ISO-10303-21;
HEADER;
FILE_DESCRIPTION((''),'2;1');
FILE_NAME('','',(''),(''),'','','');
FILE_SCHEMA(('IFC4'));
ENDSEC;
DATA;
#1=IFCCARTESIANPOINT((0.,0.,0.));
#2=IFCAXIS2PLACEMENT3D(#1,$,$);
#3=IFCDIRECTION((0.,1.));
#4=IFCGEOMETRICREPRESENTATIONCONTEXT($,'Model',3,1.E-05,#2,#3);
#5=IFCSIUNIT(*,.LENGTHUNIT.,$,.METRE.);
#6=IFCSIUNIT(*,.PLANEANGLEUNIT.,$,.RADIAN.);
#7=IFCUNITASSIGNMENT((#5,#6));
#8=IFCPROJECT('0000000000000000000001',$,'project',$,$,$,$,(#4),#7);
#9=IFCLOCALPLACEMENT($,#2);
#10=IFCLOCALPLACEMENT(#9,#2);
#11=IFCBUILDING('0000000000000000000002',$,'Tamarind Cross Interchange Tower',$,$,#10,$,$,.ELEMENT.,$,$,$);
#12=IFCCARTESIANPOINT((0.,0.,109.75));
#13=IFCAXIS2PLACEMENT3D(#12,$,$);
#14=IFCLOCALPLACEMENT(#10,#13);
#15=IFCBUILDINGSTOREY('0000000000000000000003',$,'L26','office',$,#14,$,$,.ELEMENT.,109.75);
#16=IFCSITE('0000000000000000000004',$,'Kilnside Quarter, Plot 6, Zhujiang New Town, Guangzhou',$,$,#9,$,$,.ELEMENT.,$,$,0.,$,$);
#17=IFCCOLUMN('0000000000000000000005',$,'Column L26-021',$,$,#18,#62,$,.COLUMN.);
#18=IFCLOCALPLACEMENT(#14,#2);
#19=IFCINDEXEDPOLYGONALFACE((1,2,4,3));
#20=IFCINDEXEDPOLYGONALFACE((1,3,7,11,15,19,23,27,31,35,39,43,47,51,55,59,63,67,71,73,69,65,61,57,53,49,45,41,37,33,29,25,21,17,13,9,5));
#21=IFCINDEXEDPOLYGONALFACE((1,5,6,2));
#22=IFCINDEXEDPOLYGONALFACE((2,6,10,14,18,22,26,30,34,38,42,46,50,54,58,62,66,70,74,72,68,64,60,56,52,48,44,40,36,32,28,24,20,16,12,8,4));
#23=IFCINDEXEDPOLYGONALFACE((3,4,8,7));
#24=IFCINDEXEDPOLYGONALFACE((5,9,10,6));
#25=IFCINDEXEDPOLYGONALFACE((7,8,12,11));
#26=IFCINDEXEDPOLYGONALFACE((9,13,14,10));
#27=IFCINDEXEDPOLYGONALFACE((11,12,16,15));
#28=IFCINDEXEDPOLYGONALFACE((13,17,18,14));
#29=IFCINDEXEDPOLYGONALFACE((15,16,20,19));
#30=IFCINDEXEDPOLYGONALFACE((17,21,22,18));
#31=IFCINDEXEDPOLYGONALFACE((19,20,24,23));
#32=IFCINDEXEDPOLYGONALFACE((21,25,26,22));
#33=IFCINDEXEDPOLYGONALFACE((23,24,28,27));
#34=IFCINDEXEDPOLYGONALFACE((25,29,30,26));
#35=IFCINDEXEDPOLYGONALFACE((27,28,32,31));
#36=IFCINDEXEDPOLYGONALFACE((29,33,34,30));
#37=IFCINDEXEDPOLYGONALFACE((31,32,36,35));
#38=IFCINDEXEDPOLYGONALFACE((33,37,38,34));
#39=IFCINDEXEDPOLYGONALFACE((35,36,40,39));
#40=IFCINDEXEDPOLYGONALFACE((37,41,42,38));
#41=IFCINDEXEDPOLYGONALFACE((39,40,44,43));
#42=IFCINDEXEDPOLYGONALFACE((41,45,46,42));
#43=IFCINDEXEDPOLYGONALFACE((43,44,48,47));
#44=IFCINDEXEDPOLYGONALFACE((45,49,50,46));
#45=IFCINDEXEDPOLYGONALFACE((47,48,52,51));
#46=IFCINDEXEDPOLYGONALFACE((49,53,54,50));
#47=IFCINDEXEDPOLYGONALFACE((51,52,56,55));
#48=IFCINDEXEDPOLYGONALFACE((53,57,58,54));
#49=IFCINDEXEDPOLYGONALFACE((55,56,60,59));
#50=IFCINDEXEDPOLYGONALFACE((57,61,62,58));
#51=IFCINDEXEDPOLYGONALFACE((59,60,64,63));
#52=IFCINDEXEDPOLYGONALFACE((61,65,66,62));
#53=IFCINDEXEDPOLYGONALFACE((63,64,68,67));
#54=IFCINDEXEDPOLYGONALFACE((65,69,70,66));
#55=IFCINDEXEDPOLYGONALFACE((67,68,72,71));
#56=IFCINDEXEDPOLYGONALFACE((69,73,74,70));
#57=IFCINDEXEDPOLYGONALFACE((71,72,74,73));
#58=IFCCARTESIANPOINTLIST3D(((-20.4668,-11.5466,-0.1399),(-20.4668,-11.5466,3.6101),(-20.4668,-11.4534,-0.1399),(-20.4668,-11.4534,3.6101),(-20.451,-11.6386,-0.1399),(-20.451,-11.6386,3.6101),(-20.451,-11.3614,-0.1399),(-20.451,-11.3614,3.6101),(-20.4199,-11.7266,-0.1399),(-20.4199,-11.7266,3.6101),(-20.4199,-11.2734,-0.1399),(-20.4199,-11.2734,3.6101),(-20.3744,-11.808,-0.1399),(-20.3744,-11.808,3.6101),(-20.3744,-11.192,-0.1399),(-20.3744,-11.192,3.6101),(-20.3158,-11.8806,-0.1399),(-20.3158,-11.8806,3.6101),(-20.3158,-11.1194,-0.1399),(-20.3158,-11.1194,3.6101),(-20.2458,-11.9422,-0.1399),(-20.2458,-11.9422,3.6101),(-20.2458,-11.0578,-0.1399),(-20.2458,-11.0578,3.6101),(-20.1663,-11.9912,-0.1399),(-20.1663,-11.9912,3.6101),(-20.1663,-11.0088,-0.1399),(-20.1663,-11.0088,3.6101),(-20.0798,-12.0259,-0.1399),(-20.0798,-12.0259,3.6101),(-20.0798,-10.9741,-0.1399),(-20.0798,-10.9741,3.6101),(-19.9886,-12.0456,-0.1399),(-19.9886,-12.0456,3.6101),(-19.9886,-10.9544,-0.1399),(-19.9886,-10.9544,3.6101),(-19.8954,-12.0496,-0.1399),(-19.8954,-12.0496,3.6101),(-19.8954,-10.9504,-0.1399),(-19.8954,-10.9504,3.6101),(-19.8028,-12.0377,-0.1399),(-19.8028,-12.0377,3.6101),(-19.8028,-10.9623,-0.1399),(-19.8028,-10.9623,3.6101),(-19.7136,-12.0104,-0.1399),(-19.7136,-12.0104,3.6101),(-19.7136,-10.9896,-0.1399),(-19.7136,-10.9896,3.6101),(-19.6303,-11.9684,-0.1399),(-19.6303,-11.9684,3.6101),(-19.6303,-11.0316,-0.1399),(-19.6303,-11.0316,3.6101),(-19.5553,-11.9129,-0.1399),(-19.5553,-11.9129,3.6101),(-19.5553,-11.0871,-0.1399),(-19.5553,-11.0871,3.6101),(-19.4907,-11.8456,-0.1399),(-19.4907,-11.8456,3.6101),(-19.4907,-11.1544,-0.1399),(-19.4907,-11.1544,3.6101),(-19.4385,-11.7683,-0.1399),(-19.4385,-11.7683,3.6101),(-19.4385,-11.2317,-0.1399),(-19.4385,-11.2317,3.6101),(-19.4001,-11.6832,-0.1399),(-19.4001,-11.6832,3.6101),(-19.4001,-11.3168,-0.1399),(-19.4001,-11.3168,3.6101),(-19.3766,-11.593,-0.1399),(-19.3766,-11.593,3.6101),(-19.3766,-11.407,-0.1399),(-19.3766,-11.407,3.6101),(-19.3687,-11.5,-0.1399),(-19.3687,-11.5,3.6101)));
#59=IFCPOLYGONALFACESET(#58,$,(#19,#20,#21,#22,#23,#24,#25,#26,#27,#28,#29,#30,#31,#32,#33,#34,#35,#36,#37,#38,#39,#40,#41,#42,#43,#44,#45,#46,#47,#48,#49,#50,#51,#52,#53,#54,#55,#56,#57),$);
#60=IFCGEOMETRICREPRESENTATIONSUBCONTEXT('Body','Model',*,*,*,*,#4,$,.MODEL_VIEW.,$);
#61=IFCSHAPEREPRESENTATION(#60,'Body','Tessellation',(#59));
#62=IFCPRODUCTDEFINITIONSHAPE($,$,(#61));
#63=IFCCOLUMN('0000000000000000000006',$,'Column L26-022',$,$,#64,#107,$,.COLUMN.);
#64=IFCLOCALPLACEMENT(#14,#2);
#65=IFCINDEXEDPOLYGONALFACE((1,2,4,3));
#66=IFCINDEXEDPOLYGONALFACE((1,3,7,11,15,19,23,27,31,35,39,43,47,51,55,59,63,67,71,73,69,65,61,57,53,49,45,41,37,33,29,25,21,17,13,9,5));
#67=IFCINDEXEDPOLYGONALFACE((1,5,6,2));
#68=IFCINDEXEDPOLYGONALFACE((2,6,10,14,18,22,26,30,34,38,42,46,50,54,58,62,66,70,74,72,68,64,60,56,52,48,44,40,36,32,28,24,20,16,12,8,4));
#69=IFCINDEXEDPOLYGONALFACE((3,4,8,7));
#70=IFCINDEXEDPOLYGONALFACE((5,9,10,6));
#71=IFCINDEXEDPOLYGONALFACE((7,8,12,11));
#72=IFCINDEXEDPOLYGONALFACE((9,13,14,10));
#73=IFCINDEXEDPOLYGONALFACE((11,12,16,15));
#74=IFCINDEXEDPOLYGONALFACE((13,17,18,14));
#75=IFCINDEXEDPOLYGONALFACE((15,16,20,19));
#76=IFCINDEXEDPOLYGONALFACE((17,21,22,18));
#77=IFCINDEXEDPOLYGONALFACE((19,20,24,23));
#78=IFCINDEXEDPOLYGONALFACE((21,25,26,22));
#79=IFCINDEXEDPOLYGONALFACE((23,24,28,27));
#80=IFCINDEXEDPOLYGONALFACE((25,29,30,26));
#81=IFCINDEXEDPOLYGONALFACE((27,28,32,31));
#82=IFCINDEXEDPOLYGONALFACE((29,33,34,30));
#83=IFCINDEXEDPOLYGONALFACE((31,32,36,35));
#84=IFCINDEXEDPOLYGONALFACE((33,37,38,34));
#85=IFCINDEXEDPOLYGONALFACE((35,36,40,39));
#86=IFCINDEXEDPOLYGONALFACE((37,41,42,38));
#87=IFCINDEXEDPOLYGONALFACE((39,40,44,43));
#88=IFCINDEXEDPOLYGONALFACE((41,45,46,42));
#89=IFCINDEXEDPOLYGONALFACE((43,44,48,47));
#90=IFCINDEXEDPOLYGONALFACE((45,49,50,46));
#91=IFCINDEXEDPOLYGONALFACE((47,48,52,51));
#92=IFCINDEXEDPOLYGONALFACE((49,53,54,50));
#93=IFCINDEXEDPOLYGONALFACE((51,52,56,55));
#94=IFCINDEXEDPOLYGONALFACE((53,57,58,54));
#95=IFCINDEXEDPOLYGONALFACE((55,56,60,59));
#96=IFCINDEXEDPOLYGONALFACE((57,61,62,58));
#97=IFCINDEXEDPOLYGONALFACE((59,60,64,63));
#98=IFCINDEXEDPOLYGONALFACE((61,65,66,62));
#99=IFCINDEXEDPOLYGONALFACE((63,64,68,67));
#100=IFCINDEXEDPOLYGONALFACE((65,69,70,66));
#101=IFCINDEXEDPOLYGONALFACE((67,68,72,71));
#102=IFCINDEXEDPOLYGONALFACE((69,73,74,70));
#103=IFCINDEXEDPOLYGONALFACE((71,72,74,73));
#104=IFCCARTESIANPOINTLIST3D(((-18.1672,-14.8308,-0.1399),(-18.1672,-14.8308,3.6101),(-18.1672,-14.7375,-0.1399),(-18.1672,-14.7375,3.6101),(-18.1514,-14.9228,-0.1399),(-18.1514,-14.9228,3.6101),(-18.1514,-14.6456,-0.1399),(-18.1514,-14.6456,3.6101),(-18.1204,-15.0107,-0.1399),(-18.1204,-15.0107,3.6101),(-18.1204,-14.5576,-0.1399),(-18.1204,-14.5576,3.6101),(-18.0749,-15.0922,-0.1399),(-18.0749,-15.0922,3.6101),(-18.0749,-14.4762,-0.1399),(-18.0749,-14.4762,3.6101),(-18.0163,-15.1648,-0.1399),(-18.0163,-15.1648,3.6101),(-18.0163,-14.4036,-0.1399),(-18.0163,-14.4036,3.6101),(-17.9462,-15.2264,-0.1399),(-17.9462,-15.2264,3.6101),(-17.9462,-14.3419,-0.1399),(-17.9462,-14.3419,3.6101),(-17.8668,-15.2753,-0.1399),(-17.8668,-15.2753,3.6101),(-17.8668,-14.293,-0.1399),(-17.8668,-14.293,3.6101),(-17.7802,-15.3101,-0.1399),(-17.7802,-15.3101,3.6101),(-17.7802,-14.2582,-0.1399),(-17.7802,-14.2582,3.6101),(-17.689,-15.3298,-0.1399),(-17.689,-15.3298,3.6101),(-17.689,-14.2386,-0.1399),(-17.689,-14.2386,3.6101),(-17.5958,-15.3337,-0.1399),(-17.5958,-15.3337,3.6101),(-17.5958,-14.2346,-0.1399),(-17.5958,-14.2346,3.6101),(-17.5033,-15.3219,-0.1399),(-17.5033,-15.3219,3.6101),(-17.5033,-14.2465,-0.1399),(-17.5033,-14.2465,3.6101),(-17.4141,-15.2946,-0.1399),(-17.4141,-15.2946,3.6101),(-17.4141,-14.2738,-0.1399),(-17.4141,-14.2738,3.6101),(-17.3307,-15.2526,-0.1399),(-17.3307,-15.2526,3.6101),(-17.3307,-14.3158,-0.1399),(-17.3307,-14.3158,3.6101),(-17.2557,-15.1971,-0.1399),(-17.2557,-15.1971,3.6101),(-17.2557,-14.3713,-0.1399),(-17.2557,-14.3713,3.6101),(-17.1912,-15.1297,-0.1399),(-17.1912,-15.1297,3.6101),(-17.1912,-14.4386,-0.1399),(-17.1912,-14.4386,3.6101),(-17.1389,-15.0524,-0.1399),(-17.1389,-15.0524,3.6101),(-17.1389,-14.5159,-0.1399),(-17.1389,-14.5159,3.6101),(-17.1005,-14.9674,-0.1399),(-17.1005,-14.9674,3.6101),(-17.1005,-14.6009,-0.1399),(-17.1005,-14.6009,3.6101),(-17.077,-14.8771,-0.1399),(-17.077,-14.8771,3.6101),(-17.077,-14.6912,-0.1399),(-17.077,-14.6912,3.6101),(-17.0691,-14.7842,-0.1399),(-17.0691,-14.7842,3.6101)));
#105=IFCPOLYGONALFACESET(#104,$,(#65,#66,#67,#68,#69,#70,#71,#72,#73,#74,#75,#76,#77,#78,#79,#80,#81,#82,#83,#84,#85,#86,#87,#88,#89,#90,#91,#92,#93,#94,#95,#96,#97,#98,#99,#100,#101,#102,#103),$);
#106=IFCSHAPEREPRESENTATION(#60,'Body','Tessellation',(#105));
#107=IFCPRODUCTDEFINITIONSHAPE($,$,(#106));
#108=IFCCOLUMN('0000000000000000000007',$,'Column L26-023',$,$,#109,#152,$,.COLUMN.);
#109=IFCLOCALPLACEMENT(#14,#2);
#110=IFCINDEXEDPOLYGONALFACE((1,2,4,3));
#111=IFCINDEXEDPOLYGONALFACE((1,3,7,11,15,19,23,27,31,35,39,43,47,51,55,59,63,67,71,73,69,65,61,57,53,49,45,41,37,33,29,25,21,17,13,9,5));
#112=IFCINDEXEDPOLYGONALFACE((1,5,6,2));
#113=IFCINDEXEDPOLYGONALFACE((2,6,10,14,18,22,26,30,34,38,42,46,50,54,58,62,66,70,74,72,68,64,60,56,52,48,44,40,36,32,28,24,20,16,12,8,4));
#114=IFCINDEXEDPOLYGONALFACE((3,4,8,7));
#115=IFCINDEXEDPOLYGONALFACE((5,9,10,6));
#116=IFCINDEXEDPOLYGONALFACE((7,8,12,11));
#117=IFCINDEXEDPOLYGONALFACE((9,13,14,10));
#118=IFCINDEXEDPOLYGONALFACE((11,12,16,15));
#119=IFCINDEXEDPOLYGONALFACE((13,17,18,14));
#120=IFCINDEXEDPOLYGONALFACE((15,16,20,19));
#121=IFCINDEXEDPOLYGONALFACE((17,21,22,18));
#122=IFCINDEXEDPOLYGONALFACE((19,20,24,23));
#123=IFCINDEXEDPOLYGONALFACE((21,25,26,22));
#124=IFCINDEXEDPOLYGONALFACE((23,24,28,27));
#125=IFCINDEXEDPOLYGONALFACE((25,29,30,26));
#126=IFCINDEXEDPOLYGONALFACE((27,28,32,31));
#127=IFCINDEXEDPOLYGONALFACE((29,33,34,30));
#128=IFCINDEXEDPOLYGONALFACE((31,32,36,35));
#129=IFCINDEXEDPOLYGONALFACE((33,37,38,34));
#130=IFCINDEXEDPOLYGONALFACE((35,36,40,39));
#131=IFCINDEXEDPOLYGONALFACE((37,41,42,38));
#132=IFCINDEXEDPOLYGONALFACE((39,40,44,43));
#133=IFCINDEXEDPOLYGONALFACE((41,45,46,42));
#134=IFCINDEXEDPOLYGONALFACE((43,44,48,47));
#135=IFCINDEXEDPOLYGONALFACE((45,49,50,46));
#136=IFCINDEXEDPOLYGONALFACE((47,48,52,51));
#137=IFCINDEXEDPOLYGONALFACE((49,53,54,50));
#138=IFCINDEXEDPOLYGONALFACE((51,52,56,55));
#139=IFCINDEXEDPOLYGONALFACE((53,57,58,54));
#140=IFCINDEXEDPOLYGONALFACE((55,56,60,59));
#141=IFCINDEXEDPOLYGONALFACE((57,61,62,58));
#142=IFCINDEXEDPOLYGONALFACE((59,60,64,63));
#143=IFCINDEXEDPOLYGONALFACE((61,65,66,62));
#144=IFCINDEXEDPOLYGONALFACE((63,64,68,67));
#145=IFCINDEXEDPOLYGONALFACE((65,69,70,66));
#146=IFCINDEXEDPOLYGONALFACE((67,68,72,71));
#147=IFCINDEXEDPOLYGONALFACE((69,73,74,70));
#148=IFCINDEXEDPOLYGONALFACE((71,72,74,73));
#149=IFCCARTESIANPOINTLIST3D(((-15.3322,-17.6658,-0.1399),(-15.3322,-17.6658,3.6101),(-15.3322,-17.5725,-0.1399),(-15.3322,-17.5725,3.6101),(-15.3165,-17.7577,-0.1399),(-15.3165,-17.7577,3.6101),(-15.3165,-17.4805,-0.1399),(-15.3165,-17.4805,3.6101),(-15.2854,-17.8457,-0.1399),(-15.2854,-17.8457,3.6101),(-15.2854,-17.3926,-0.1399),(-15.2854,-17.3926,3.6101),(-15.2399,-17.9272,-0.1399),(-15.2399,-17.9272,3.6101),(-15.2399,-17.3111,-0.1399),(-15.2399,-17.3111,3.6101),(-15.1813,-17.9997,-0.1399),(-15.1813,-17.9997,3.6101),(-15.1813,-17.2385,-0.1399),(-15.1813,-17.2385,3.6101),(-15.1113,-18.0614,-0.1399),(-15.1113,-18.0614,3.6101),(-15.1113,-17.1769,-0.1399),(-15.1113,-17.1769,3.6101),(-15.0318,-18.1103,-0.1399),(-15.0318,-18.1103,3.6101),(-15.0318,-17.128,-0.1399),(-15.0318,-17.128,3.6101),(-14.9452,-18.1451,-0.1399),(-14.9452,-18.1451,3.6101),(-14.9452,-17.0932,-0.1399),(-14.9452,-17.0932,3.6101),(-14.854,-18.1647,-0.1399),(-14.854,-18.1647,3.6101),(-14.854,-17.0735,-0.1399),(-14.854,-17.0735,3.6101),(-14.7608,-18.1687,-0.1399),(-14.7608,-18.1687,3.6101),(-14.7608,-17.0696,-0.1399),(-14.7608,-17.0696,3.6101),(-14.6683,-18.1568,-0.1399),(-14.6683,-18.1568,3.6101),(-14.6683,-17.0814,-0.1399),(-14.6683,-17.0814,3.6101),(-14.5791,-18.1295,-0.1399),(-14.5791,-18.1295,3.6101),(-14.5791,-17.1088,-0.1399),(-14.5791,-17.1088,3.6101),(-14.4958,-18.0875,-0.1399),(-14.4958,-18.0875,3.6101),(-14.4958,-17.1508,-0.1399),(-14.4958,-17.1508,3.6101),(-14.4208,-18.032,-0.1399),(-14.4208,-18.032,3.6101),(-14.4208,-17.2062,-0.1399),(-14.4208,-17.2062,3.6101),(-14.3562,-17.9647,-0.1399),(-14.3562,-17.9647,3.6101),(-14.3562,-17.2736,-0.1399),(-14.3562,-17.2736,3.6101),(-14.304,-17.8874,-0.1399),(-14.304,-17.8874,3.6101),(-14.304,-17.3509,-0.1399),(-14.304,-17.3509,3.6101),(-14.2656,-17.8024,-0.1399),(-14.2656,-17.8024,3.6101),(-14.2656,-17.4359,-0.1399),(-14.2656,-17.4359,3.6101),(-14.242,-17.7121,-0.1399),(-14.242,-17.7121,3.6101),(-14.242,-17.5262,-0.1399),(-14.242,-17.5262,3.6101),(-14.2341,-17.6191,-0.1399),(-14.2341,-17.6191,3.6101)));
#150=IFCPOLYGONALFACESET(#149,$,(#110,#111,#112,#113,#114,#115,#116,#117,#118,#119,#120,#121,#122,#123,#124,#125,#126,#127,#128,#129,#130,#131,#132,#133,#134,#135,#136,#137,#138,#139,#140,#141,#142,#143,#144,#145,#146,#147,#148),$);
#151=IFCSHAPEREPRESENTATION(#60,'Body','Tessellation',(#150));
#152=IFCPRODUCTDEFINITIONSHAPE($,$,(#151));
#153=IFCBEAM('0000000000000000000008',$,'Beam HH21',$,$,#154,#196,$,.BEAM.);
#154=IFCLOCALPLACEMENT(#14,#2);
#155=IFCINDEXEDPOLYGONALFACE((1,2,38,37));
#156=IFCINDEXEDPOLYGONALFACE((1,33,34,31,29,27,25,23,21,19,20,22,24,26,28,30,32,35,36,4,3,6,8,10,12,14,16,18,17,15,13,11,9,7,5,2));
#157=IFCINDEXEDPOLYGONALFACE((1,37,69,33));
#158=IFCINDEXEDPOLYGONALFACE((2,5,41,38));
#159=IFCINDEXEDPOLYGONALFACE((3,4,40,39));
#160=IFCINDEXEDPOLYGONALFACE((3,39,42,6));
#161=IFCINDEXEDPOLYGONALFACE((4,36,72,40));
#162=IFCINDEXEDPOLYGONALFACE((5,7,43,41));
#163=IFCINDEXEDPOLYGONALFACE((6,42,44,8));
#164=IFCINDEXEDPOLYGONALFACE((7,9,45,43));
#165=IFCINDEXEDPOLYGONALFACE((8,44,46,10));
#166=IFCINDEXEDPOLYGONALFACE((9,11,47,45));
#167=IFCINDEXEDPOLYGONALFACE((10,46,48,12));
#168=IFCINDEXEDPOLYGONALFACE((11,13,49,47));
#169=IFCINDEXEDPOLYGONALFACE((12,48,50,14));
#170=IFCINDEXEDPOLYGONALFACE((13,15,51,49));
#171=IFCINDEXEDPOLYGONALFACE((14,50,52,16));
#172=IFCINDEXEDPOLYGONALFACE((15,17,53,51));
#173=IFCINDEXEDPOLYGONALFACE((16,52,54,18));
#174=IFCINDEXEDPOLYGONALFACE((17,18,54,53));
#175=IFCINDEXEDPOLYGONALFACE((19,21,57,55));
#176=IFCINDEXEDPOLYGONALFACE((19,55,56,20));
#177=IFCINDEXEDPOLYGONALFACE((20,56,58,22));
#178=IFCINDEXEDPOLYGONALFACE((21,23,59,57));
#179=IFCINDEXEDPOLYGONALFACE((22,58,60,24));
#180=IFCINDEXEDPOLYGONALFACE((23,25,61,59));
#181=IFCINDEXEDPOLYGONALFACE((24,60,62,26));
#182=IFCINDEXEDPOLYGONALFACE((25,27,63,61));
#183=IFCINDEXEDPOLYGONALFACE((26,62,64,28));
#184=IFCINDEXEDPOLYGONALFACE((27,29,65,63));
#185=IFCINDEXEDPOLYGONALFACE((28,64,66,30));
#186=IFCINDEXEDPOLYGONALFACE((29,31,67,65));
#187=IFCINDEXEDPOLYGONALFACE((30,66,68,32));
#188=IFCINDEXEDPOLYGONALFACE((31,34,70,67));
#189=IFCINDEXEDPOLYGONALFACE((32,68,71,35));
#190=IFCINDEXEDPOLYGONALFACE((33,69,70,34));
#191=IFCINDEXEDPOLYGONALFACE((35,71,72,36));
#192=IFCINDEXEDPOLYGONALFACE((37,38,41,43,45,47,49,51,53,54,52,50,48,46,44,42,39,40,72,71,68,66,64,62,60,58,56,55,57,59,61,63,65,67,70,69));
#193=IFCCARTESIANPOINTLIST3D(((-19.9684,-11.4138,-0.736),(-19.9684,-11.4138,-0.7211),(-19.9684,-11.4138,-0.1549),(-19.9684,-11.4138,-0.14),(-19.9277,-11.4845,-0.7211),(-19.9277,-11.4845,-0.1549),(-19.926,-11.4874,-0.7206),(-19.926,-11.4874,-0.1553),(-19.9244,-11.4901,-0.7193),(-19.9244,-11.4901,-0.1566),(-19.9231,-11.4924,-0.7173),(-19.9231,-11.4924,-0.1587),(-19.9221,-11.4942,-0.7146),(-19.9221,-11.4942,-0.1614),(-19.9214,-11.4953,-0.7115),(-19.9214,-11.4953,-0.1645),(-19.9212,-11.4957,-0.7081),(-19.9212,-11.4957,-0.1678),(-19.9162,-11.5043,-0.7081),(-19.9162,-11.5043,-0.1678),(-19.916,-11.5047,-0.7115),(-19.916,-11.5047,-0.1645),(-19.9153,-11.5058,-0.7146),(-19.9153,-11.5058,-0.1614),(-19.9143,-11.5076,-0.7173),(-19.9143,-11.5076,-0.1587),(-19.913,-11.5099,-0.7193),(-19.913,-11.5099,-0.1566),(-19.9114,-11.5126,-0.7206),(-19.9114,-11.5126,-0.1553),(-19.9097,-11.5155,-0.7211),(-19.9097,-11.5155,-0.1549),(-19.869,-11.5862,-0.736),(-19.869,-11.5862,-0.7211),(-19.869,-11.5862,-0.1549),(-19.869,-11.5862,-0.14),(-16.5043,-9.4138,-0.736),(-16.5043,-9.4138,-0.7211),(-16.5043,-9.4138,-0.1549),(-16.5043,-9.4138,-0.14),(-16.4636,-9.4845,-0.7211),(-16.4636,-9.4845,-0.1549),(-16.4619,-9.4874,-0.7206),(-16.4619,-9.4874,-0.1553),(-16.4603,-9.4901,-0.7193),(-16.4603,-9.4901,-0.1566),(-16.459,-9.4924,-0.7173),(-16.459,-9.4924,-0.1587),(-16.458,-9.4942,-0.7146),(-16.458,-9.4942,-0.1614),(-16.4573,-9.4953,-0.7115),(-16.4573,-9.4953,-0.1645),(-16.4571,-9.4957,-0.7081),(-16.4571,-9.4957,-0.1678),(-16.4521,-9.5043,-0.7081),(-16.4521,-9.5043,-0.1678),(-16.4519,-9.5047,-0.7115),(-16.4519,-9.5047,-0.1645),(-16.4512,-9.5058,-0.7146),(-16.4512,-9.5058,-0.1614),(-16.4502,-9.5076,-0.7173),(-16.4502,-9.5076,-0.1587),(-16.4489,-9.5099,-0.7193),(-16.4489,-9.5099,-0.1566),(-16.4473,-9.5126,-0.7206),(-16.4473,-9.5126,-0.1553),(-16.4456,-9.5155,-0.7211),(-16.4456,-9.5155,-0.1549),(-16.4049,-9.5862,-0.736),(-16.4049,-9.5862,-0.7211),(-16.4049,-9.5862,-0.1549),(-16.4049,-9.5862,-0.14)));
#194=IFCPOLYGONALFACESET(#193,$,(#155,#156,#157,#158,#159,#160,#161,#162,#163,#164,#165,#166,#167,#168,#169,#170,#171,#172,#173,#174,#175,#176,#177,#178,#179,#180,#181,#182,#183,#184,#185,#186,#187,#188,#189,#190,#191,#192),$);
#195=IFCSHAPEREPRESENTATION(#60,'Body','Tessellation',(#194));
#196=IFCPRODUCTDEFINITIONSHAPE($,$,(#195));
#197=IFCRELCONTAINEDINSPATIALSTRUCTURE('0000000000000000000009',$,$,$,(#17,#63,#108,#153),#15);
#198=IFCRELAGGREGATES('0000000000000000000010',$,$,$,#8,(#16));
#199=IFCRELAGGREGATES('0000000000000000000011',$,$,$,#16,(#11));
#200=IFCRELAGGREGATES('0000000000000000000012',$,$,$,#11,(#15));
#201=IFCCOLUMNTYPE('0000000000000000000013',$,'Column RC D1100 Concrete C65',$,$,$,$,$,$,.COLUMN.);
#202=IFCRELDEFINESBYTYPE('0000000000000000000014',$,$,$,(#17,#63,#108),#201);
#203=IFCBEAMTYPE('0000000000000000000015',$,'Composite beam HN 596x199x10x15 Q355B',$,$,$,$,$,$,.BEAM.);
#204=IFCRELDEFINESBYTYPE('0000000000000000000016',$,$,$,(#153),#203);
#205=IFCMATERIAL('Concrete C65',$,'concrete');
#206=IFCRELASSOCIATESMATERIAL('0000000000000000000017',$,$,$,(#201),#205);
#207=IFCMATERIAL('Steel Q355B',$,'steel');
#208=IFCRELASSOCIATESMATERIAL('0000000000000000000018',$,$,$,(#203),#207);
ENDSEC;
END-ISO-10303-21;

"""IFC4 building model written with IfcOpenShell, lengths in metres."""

from ifc_helpers import new_model, si_unit, direction, frame, origin, origin_2d, place, context, subcontext, project, spatial, circle, i_section, extrude, material, material_profile, profile_set, type_object, element, save


model = new_model("IFC4")

# Units and contexts
model_context = context("Model", 3, precision=1e-05, world=origin(), true_north=direction((0.0, 1.0)))
body_context = subcontext(model_context, "Body", "Model", "MODEL_VIEW")
ifc_project = project(units=[si_unit("LENGTHUNIT", "METRE"), si_unit("PLANEANGLEUNIT", "RADIAN")], contexts=[model_context])

# Site, building, storey
site_placement = place(None, origin())
site = spatial("IfcSite", under=ifc_project, at=site_placement, Name="Kilnside Quarter, Plot 6, Zhujiang New Town, Guangzhou", CompositionType="ELEMENT", RefElevation=0.0)
building_placement = place(site_placement, origin())
building = spatial("IfcBuilding", under=site, at=building_placement, Name="Tamarind Cross Interchange Tower", CompositionType="ELEMENT")
storey_placement = place(building_placement, frame((0.0, 0.0, 109.75)))
storey = spatial("IfcBuildingStorey", under=building, at=storey_placement, Name="L26", Description="office", CompositionType="ELEMENT", Elevation=109.75)

# Columns
ifc_material_1 = material(Name="Concrete C65", Category="concrete")
ifc_material_profile_1 = material_profile(ifc_material_1, circle(Radius=0.55, at=origin_2d()), Name="RC D1100")
ifc_profile_set_1 = profile_set([ifc_material_profile_1], Name="Concrete C65")
column_type = type_object("IfcColumnType", Name="Column RC D1100 Concrete C65", PredefinedType="COLUMN", material=ifc_profile_set_1)
for number, where, z_axis, x_axis, name in (
    (1, (-19.9187, -11.5, -0.1399), (0.0, 0.0, 1.0), (1.0, 0.0, 0.0), "Column L26-021"),
    (2, (-17.6191, -14.7842, -0.1399), (0.0, 0.0, 1.0), (1.0, 0.0, 0.0), "Column L26-022"),
    (3, (-14.7842, -17.6191, -0.1399), (0.0, 0.0, 1.0), (1.0, 0.0, 0.0), "Column L26-023"),
):
    element("IfcColumn", number, at=place(storey_placement, frame(where, z_axis=z_axis, x_axis=x_axis)), inside=storey, type_object=column_type, Name=name, PredefinedType="COLUMN", context=body_context, shape_type="SweptSolid", body=[
        extrude(circle(Radius=0.55, at=origin_2d()), origin(), (0.0, 0.0, 1.0), 3.75),
    ])

# Beam
ifc_material_2 = material(Name="Steel Q355B", Category="steel")
ifc_material_profile_2 = material_profile(ifc_material_2, i_section(OverallWidth=0.199, OverallDepth=0.5959, WebThickness=0.01, FlangeThickness=0.0149, FilletRadius=0.0129, at=origin_2d()), Name="HN 596x199x10x15")
ifc_profile_set_2 = profile_set([ifc_material_profile_2], Name="Steel Q355B")
beam_type = type_object("IfcBeamType", Name="Composite beam HN 596x199x10x15 Q355B", PredefinedType="BEAM", material=ifc_profile_set_2)
beam_1_placement = place(storey_placement, frame((-19.9187, -11.5, -0.438), z_axis=(0.866026, 0.499999, 0.0), x_axis=(-0.499999, 0.866026, 0.0)))
element("IfcBeam", 4, at=beam_1_placement, inside=storey, type_object=beam_type, Name="Beam HH21", PredefinedType="BEAM", context=body_context, shape_type="SweptSolid", body=[
    extrude(i_section(OverallWidth=0.199, OverallDepth=0.5959, WebThickness=0.01, FlangeThickness=0.0149, FilletRadius=0.0129, at=origin_2d()), origin(), (0.0, 0.0, 1.0), 4.0),
])

save(model, "model.ifc")
